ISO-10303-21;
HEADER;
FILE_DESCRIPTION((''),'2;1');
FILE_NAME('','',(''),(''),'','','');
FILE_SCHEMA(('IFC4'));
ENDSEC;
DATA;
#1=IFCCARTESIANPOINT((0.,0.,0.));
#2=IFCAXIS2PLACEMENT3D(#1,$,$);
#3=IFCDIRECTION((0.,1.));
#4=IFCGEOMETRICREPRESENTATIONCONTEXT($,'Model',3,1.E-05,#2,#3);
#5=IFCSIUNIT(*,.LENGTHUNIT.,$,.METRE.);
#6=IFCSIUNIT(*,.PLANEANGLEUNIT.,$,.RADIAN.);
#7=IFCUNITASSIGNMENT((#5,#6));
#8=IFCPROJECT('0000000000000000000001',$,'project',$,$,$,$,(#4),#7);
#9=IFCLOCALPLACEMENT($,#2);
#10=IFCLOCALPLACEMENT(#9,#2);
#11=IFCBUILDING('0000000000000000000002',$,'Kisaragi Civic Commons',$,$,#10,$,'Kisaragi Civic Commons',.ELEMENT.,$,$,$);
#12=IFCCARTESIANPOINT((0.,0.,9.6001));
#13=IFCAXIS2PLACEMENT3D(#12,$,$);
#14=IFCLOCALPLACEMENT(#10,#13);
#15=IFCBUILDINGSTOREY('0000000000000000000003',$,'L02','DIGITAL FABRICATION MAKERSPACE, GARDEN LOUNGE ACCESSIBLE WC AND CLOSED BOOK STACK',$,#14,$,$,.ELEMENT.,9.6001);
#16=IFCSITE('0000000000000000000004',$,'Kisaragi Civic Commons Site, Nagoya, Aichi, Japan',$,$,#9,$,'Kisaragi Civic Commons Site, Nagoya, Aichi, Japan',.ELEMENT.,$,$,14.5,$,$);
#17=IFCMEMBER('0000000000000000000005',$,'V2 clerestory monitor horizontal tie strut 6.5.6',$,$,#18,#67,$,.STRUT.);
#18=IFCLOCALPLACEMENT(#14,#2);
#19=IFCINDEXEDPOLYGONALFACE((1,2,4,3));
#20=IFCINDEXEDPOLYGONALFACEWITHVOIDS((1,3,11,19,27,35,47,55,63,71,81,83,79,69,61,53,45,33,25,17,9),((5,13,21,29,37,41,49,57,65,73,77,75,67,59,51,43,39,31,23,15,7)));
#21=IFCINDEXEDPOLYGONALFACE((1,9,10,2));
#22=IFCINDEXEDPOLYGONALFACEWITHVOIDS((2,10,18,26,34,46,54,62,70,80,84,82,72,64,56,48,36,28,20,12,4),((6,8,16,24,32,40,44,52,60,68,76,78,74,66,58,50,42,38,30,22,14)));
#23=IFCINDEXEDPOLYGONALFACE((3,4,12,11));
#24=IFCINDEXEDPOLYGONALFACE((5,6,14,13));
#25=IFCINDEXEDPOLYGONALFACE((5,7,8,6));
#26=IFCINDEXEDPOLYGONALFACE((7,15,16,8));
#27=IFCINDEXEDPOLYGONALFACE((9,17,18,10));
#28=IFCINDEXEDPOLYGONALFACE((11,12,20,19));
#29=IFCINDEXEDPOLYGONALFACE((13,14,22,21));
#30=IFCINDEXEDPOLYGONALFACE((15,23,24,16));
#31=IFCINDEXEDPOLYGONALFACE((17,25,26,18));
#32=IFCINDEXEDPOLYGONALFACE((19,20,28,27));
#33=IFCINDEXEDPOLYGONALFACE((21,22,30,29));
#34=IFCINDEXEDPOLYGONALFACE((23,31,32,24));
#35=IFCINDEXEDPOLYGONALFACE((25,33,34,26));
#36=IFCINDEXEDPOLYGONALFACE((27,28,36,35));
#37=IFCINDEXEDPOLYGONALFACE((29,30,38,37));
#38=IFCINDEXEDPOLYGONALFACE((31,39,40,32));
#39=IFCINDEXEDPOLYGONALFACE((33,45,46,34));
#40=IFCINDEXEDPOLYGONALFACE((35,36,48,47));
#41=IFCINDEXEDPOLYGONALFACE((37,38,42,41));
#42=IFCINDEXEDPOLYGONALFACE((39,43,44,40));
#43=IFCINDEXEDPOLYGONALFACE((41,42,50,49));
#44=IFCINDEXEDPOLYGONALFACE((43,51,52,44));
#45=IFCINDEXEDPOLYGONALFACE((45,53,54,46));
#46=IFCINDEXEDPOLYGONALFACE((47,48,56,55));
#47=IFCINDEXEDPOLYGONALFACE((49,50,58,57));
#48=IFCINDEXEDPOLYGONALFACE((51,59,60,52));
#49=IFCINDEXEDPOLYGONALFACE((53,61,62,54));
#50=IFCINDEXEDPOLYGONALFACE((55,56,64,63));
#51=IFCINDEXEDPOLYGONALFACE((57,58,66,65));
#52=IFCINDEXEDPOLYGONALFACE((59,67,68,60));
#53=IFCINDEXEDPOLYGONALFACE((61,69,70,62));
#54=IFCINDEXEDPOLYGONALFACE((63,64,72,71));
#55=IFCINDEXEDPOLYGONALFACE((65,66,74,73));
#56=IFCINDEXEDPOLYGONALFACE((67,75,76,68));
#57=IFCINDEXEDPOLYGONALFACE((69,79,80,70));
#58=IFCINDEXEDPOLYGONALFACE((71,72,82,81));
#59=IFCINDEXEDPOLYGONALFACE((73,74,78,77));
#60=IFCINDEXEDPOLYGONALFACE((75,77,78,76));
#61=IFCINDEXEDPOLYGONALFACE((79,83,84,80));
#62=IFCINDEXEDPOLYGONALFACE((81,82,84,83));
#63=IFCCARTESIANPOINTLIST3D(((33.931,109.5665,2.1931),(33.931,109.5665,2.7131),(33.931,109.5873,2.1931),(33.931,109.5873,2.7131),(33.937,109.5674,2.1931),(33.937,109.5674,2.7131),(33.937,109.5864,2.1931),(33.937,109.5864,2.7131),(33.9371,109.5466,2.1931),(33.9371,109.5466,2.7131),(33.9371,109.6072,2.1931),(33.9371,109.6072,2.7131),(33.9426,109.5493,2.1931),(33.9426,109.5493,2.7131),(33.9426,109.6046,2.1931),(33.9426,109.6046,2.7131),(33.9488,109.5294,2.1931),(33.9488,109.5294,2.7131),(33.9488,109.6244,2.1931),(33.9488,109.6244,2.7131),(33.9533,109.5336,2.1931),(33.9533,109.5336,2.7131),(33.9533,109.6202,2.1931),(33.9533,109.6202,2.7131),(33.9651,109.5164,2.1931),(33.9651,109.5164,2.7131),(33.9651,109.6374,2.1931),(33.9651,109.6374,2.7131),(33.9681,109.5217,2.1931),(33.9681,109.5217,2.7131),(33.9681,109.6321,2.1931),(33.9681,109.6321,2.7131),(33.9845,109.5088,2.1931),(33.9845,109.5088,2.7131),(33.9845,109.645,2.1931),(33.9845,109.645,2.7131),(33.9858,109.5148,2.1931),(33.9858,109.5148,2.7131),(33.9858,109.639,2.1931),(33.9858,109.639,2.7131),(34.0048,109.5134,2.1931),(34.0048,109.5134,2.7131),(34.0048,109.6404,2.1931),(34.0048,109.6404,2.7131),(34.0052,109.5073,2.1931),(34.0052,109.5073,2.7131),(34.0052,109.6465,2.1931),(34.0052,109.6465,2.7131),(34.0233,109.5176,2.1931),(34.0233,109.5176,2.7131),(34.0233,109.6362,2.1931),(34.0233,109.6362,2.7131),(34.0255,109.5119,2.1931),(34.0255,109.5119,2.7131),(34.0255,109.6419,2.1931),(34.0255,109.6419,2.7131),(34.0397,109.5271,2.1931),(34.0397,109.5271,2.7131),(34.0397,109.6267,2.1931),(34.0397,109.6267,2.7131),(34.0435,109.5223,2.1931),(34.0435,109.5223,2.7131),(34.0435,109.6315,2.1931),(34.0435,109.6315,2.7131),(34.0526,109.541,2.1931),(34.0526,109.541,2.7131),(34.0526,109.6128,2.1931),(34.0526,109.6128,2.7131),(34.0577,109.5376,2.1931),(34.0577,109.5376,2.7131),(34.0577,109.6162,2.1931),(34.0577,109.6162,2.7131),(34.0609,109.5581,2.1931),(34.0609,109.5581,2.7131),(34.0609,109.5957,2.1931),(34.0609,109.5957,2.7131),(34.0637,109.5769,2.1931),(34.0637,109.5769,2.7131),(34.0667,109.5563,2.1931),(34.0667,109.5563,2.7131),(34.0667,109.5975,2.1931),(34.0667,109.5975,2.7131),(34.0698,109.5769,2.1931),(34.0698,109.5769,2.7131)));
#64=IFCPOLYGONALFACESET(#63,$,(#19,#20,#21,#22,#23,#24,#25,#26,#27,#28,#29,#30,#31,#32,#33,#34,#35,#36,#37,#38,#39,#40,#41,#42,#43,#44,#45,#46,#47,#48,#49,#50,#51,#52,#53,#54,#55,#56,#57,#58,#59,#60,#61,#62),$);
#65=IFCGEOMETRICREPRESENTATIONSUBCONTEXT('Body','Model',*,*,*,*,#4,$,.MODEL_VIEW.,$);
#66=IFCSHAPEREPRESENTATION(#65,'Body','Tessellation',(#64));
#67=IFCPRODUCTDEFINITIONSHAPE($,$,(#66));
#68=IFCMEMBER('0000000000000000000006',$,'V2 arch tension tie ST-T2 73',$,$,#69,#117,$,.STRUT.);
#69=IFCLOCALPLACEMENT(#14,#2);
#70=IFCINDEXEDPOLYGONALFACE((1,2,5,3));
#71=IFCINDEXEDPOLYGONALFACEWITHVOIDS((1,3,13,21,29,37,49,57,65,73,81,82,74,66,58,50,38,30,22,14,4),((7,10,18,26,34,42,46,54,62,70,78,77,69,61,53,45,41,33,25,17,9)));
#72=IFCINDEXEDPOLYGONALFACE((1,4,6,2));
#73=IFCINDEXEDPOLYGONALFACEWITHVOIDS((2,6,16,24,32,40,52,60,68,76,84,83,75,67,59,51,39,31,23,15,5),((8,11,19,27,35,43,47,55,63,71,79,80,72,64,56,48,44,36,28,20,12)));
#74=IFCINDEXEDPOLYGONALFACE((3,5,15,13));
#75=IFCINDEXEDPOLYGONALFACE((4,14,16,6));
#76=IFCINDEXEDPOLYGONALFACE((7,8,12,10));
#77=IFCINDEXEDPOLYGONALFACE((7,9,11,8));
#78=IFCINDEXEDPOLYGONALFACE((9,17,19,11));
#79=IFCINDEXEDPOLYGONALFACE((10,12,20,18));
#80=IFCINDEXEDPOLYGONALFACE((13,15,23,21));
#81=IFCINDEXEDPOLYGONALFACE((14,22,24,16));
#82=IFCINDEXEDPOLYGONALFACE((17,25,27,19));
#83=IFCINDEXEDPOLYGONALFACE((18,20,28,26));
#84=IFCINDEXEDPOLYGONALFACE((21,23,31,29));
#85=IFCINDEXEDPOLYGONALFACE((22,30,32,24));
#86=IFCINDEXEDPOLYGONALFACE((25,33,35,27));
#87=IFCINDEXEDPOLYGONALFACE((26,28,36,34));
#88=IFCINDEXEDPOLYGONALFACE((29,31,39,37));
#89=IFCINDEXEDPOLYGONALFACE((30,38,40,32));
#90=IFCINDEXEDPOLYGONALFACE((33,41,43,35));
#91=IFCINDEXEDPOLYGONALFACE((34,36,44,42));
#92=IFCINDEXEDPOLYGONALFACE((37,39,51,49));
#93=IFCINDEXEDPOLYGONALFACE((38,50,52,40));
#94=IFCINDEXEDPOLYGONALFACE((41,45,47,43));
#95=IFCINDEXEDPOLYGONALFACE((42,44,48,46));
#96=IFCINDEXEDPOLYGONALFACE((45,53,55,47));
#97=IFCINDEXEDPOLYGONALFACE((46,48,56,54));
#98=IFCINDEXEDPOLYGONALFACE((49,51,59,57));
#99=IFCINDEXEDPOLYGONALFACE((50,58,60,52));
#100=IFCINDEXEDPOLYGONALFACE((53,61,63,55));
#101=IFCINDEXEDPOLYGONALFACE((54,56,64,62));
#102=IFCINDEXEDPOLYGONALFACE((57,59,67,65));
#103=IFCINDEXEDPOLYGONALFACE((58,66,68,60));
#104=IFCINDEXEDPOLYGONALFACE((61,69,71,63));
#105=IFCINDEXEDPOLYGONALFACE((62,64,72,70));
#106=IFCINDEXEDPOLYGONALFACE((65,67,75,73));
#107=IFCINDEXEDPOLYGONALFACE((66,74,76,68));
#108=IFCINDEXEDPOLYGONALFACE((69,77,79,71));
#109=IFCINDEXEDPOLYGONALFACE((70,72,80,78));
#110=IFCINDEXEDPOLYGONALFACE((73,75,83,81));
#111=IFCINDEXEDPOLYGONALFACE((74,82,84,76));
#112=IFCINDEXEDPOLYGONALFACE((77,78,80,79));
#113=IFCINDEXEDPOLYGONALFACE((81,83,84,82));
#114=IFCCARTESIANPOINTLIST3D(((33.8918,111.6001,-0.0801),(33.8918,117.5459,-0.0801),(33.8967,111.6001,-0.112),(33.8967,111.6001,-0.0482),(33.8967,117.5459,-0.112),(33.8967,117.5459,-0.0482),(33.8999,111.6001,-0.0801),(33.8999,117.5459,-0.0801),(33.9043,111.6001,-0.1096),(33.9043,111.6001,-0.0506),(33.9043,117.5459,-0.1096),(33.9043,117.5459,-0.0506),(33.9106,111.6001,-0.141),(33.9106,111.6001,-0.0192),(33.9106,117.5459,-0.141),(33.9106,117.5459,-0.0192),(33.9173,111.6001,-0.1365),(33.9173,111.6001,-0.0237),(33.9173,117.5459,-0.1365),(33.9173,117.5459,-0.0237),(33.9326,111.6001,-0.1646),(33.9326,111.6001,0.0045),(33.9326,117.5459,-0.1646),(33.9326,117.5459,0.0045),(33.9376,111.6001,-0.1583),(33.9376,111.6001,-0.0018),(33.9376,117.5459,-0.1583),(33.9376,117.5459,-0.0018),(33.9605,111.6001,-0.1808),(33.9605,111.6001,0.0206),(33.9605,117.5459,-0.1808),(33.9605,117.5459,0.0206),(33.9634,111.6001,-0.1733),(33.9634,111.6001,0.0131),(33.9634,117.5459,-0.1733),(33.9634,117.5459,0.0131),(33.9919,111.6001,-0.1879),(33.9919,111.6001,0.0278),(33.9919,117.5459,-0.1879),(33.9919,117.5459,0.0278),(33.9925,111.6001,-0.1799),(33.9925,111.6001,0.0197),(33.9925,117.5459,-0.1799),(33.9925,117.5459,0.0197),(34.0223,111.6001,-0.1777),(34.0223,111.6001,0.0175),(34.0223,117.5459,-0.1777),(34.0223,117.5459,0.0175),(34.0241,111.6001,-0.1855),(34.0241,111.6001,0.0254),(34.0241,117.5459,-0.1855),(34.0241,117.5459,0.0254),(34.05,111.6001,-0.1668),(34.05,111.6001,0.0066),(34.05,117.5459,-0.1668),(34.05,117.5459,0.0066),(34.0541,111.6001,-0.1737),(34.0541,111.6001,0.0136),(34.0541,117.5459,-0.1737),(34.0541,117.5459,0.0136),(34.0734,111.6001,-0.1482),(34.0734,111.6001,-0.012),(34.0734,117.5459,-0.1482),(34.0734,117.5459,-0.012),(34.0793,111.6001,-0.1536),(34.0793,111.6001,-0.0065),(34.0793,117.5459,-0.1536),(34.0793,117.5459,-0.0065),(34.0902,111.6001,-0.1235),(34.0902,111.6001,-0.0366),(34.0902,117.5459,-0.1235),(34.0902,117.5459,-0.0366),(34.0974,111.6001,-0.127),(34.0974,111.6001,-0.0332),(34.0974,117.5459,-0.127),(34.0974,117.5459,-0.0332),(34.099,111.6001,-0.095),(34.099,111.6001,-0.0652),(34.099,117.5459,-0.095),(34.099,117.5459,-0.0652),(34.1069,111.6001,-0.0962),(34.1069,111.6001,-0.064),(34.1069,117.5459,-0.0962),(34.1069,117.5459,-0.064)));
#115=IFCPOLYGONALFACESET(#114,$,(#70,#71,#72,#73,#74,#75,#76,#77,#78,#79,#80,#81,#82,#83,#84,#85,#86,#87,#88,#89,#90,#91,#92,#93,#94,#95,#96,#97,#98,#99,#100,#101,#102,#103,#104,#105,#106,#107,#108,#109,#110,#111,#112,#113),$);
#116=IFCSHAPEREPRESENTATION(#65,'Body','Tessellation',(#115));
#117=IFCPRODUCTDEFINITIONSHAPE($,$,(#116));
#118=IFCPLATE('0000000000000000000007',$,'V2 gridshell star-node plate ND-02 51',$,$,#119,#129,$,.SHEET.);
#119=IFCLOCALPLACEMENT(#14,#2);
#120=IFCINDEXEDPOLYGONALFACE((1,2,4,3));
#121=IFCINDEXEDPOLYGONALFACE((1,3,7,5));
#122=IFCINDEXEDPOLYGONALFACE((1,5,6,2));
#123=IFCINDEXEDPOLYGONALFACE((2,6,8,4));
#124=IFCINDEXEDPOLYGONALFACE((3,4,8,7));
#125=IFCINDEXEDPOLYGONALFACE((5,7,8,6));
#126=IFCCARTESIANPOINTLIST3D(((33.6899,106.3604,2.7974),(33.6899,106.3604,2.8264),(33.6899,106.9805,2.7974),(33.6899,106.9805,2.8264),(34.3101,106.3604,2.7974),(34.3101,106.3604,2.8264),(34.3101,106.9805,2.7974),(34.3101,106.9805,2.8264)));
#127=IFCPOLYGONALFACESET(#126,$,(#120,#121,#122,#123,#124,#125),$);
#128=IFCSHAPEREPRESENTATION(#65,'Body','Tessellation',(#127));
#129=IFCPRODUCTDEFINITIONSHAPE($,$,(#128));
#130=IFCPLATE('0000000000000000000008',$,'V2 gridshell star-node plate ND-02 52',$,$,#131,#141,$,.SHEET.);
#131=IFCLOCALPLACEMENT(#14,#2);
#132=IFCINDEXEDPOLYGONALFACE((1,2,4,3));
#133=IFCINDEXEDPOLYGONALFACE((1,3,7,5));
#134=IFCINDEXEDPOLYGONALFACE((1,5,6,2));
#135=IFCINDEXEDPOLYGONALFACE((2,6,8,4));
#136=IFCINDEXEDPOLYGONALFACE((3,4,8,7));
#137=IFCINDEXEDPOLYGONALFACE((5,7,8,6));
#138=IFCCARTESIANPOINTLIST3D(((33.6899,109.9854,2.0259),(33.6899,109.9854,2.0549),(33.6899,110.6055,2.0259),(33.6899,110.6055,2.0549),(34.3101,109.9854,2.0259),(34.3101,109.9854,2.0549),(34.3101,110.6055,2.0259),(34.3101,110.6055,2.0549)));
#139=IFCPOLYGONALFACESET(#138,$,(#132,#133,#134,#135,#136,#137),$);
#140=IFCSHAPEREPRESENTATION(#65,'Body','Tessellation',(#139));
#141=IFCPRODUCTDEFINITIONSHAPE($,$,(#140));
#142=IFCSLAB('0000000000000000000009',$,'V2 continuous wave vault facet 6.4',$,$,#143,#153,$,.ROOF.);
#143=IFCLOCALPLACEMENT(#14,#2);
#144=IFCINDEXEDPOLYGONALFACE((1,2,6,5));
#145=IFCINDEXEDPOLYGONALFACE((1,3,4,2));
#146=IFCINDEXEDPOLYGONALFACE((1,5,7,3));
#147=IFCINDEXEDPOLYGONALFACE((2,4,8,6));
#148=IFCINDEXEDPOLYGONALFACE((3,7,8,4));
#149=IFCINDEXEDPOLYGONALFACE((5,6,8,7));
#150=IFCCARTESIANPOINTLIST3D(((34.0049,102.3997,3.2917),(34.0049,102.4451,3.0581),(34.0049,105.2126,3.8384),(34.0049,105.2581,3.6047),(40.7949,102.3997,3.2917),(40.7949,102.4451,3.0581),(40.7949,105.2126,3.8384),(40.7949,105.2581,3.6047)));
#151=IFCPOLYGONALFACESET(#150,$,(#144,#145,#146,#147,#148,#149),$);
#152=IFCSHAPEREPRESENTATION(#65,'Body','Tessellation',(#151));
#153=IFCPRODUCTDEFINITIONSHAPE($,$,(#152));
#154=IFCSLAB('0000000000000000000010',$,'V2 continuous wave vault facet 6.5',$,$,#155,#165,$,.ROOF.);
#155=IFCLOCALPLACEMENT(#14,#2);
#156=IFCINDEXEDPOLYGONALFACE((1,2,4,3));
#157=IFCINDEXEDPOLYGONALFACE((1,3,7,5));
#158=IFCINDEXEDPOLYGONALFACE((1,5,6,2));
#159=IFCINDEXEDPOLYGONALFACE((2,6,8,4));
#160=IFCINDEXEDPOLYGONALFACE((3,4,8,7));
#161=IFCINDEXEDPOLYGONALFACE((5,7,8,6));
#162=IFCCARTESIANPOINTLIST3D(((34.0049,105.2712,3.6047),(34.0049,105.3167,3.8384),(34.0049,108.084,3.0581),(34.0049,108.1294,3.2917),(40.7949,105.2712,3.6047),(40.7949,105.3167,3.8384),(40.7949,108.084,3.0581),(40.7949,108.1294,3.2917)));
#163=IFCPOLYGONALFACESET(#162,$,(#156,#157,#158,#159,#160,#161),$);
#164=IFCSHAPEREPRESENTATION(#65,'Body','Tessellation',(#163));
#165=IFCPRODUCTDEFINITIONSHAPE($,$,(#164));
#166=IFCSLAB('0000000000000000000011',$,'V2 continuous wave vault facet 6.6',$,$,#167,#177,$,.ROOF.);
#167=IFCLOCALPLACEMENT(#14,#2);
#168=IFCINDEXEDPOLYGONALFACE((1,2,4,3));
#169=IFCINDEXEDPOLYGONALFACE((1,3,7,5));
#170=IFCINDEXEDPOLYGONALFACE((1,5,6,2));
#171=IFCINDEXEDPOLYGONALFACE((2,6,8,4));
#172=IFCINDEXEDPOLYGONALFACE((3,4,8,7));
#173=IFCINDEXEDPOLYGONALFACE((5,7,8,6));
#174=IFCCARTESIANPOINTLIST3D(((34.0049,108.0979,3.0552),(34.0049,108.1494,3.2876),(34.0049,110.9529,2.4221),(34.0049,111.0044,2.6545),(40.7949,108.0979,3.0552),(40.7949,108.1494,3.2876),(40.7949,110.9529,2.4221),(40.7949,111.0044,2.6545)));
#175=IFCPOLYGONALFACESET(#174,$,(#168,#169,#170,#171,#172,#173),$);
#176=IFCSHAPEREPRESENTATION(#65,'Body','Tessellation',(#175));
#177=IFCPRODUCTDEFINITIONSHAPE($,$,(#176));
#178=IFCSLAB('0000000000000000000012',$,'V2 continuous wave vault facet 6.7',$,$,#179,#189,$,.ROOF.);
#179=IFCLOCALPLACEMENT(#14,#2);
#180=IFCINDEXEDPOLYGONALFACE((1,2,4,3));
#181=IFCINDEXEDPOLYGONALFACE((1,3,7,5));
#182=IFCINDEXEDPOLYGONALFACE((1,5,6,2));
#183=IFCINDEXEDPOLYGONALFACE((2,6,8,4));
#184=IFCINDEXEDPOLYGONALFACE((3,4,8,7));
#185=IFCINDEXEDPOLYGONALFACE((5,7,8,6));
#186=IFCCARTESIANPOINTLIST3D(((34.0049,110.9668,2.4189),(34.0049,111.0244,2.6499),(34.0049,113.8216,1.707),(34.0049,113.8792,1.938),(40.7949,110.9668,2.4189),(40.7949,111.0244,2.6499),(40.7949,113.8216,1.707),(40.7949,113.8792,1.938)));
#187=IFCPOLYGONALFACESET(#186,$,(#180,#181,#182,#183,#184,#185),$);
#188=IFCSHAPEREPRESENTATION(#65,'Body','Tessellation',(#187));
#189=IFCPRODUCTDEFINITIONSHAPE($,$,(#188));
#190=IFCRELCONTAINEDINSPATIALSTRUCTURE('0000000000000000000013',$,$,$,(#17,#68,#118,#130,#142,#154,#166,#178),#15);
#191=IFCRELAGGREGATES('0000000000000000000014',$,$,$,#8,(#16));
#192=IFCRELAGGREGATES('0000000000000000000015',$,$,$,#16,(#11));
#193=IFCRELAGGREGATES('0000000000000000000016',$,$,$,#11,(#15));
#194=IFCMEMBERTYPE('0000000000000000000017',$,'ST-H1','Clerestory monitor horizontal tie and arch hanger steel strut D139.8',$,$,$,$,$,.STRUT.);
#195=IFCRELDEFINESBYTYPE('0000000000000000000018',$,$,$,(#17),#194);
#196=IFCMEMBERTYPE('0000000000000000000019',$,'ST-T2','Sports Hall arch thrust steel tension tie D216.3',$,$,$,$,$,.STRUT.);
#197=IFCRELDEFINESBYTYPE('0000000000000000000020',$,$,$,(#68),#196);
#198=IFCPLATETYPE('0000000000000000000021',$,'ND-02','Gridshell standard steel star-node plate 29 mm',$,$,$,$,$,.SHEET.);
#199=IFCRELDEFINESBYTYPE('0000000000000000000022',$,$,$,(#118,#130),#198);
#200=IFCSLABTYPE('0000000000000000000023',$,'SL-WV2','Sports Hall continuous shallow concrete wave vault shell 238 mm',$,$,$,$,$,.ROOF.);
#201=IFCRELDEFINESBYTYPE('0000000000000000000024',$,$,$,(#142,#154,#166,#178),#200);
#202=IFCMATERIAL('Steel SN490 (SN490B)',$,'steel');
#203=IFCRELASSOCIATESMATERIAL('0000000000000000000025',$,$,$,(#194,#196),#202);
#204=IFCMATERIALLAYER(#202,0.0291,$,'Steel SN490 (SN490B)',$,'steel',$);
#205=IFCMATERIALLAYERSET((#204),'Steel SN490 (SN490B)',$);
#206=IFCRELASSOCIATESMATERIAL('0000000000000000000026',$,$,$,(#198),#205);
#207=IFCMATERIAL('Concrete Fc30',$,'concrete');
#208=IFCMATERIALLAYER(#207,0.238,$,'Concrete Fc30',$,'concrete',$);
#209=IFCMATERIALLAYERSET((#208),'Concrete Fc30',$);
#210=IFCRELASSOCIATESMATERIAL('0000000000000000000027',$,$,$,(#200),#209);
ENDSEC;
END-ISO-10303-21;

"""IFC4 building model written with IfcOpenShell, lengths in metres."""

from ifc_helpers import new_model, si_unit, direction, frame, origin, origin_2d, place, context, subcontext, project, spatial, polyline, rectangle, hollow_circle, outline, extrude, material, layer, layer_set, material_profile, profile_set, type_object, element, save


model = new_model("IFC4")

# Units and contexts
model_context = context("Model", 3, precision=1e-05, world=origin(), true_north=direction((0.0, 1.0)))
body_context = subcontext(model_context, "Body", "Model", "MODEL_VIEW")
ifc_project = project(units=[si_unit("LENGTHUNIT", "METRE"), si_unit("PLANEANGLEUNIT", "RADIAN")], contexts=[model_context])

# Site, building, storey
site_placement = place(None, origin())
site = spatial("IfcSite", under=ifc_project, at=site_placement, Name="Kisaragi Civic Commons Site, Nagoya, Aichi, Japan", LongName="Kisaragi Civic Commons Site, Nagoya, Aichi, Japan", CompositionType="ELEMENT", RefElevation=14.5)
building_placement = place(site_placement, origin())
building = spatial("IfcBuilding", under=site, at=building_placement, Name="Kisaragi Civic Commons", LongName="Kisaragi Civic Commons", CompositionType="ELEMENT")
storey_placement = place(building_placement, frame((0.0, 0.0, 9.6001)))
storey = spatial("IfcBuildingStorey", under=building, at=storey_placement, Name="L02", Description="DIGITAL FABRICATION MAKERSPACE, GARDEN LOUNGE ACCESSIBLE WC AND CLOSED BOOK STACK", CompositionType="ELEMENT", Elevation=9.6001)

# Members
ifc_material_1 = material(Name="Steel SN490 (SN490B)", Category="steel")
ifc_material_profile_1 = material_profile(ifc_material_1, hollow_circle(Radius=0.0698, WallThickness=0.0061, at=origin_2d()), Name="CHS-139.8x6.0", Category="steel")
ifc_profile_set_1 = profile_set([ifc_material_profile_1], Name="Steel SN490 (SN490B)")
member_type_1 = type_object("IfcMemberType", Name="ST-H1", Description="Clerestory monitor horizontal tie and arch hanger steel strut D139.8", PredefinedType="STRUT", material=ifc_profile_set_1)
member_1_placement = place(storey_placement, frame((34.0, 109.5769, 2.1931), z_axis=(0.0, 0.0, 1.0), x_axis=(1.0, 0.0, 0.0)))
element("IfcMember", 1, at=member_1_placement, inside=storey, type_object=member_type_1, Name="V2 clerestory monitor horizontal tie strut 6.5.6", PredefinedType="STRUT", context=body_context, shape_type="SweptSolid", body=[
    extrude(hollow_circle(Radius=0.0698, WallThickness=0.0061, at=origin_2d()), origin(), (0.0, 0.0, 1.0), 0.52),
])
ifc_material_profile_2 = material_profile(ifc_material_1, hollow_circle(Radius=0.1082, WallThickness=0.0081, at=origin_2d()), Name="CHS-216.3x8.0", Category="steel")
ifc_profile_set_2 = profile_set([ifc_material_profile_2], Name="Steel SN490 (SN490B)")
member_type_2 = type_object("IfcMemberType", Name="ST-T2", Description="Sports Hall arch thrust steel tension tie D216.3", PredefinedType="STRUT", material=ifc_profile_set_2)
member_2_placement = place(storey_placement, frame((34.0, 111.6001, -0.0801), z_axis=(0.0, 1.0, 0.0), x_axis=(-1.0, 0.0, 0.0)))
element("IfcMember", 2, at=member_2_placement, inside=storey, type_object=member_type_2, Name="V2 arch tension tie ST-T2 73", PredefinedType="STRUT", context=body_context, shape_type="SweptSolid", body=[
    extrude(hollow_circle(Radius=0.1082, WallThickness=0.0081, at=origin_2d()), origin(), (0.0, 0.0, 1.0), 5.9458),
])

# Plates
ifc_layer_1 = layer(ifc_material_1, 0.0291, Name="Steel SN490 (SN490B)", Category="steel")
ifc_layer_set_1 = layer_set([ifc_layer_1], Name="Steel SN490 (SN490B)")
plate_type = type_object("IfcPlateType", Name="ND-02", Description="Gridshell standard steel star-node plate 29 mm", PredefinedType="SHEET", material=ifc_layer_set_1)
for number, where, z_axis, x_axis, name in (
    (3, (34.0, 106.6704, 2.7974), (0.0, 0.0, 1.0), (1.0, 0.0, 0.0), "V2 gridshell star-node plate ND-02 51"),
    (4, (34.0, 110.2954, 2.0259), (0.0, 0.0, 1.0), (1.0, 0.0, 0.0), "V2 gridshell star-node plate ND-02 52"),
):
    element("IfcPlate", number, at=place(storey_placement, frame(where, z_axis=z_axis, x_axis=x_axis)), inside=storey, type_object=plate_type, Name=name, PredefinedType="SHEET", context=body_context, shape_type="SweptSolid", body=[
        extrude(rectangle(XDim=0.6201, YDim=0.6201, at=origin_2d()), origin(), (0.0, 0.0, 1.0), 0.0291),
    ])

# Slabs
ifc_material_2 = material(Name="Concrete Fc30", Category="concrete")
ifc_layer_2 = layer(ifc_material_2, 0.238, Name="Concrete Fc30", Category="concrete")
ifc_layer_set_2 = layer_set([ifc_layer_2], Name="Concrete Fc30")
slab_type = type_object("IfcSlabType", Name="SL-WV2", Description="Sports Hall continuous shallow concrete wave vault shell 238 mm", PredefinedType="ROOF", material=ifc_layer_set_2)
slab_1_placement = place(storey_placement, frame((40.7949, 105.2126, 3.8384), z_axis=(0.0, -0.190756, 0.981638), x_axis=(-1.0, 0.0, 0.0)))
element("IfcSlab", 5, at=slab_1_placement, inside=storey, type_object=slab_type, Name="V2 continuous wave vault facet 6.4", PredefinedType="ROOF", context=body_context, shape_type="SweptSolid", body=[
    extrude(outline(polyline([(0.0, 0.0), (6.79, 0.0), (6.79, 2.8656), (0.0, 2.8656), (0.0, 0.0)])), origin(), (0.0, 0.0, -1.0), 0.238),
])
slab_2_placement = place(storey_placement, frame((40.7949, 108.1294, 3.2917), z_axis=(0.0, 0.190772, 0.981634), x_axis=(-1.0, 0.0, 0.0)))
element("IfcSlab", 6, at=slab_2_placement, inside=storey, type_object=slab_type, Name="V2 continuous wave vault facet 6.5", PredefinedType="ROOF", context=body_context, shape_type="SweptSolid", body=[
    extrude(outline(polyline([(0.0, 0.0), (6.79, 0.0), (6.79, 2.8654), (0.0, 2.8654), (0.0, 0.0)])), origin(), (0.0, 0.0, -1.0), 0.238),
])
slab_3_placement = place(storey_placement, frame((40.7949, 111.0044, 2.6545), z_axis=(0.0, 0.21648, 0.976287), x_axis=(-1.0, 0.0, 0.0)))
element("IfcSlab", 7, at=slab_3_placement, inside=storey, type_object=slab_type, Name="V2 continuous wave vault facet 6.6", PredefinedType="ROOF", context=body_context, shape_type="SweptSolid", body=[
    extrude(outline(polyline([(0.0, 0.0), (6.79, 0.0), (6.79, 2.9243), (0.0, 2.9243), (0.0, 0.0)])), origin(), (0.0, 0.0, -1.0), 0.238),
])
slab_4_placement = place(storey_placement, frame((40.7949, 113.8792, 1.938), z_axis=(0.0, 0.241969, 0.970284), x_axis=(-1.0, 0.0, 0.0)))
element("IfcSlab", 8, at=slab_4_placement, inside=storey, type_object=slab_type, Name="V2 continuous wave vault facet 6.7", PredefinedType="ROOF", context=body_context, shape_type="SweptSolid", body=[
    extrude(outline(polyline([(0.0, 0.0), (6.79, 0.0), (6.79, 2.9422), (0.0, 2.9422), (0.0, 0.0)])), origin(), (0.0, 0.0, -1.0), 0.238),
])

save(model, "model.ifc")
